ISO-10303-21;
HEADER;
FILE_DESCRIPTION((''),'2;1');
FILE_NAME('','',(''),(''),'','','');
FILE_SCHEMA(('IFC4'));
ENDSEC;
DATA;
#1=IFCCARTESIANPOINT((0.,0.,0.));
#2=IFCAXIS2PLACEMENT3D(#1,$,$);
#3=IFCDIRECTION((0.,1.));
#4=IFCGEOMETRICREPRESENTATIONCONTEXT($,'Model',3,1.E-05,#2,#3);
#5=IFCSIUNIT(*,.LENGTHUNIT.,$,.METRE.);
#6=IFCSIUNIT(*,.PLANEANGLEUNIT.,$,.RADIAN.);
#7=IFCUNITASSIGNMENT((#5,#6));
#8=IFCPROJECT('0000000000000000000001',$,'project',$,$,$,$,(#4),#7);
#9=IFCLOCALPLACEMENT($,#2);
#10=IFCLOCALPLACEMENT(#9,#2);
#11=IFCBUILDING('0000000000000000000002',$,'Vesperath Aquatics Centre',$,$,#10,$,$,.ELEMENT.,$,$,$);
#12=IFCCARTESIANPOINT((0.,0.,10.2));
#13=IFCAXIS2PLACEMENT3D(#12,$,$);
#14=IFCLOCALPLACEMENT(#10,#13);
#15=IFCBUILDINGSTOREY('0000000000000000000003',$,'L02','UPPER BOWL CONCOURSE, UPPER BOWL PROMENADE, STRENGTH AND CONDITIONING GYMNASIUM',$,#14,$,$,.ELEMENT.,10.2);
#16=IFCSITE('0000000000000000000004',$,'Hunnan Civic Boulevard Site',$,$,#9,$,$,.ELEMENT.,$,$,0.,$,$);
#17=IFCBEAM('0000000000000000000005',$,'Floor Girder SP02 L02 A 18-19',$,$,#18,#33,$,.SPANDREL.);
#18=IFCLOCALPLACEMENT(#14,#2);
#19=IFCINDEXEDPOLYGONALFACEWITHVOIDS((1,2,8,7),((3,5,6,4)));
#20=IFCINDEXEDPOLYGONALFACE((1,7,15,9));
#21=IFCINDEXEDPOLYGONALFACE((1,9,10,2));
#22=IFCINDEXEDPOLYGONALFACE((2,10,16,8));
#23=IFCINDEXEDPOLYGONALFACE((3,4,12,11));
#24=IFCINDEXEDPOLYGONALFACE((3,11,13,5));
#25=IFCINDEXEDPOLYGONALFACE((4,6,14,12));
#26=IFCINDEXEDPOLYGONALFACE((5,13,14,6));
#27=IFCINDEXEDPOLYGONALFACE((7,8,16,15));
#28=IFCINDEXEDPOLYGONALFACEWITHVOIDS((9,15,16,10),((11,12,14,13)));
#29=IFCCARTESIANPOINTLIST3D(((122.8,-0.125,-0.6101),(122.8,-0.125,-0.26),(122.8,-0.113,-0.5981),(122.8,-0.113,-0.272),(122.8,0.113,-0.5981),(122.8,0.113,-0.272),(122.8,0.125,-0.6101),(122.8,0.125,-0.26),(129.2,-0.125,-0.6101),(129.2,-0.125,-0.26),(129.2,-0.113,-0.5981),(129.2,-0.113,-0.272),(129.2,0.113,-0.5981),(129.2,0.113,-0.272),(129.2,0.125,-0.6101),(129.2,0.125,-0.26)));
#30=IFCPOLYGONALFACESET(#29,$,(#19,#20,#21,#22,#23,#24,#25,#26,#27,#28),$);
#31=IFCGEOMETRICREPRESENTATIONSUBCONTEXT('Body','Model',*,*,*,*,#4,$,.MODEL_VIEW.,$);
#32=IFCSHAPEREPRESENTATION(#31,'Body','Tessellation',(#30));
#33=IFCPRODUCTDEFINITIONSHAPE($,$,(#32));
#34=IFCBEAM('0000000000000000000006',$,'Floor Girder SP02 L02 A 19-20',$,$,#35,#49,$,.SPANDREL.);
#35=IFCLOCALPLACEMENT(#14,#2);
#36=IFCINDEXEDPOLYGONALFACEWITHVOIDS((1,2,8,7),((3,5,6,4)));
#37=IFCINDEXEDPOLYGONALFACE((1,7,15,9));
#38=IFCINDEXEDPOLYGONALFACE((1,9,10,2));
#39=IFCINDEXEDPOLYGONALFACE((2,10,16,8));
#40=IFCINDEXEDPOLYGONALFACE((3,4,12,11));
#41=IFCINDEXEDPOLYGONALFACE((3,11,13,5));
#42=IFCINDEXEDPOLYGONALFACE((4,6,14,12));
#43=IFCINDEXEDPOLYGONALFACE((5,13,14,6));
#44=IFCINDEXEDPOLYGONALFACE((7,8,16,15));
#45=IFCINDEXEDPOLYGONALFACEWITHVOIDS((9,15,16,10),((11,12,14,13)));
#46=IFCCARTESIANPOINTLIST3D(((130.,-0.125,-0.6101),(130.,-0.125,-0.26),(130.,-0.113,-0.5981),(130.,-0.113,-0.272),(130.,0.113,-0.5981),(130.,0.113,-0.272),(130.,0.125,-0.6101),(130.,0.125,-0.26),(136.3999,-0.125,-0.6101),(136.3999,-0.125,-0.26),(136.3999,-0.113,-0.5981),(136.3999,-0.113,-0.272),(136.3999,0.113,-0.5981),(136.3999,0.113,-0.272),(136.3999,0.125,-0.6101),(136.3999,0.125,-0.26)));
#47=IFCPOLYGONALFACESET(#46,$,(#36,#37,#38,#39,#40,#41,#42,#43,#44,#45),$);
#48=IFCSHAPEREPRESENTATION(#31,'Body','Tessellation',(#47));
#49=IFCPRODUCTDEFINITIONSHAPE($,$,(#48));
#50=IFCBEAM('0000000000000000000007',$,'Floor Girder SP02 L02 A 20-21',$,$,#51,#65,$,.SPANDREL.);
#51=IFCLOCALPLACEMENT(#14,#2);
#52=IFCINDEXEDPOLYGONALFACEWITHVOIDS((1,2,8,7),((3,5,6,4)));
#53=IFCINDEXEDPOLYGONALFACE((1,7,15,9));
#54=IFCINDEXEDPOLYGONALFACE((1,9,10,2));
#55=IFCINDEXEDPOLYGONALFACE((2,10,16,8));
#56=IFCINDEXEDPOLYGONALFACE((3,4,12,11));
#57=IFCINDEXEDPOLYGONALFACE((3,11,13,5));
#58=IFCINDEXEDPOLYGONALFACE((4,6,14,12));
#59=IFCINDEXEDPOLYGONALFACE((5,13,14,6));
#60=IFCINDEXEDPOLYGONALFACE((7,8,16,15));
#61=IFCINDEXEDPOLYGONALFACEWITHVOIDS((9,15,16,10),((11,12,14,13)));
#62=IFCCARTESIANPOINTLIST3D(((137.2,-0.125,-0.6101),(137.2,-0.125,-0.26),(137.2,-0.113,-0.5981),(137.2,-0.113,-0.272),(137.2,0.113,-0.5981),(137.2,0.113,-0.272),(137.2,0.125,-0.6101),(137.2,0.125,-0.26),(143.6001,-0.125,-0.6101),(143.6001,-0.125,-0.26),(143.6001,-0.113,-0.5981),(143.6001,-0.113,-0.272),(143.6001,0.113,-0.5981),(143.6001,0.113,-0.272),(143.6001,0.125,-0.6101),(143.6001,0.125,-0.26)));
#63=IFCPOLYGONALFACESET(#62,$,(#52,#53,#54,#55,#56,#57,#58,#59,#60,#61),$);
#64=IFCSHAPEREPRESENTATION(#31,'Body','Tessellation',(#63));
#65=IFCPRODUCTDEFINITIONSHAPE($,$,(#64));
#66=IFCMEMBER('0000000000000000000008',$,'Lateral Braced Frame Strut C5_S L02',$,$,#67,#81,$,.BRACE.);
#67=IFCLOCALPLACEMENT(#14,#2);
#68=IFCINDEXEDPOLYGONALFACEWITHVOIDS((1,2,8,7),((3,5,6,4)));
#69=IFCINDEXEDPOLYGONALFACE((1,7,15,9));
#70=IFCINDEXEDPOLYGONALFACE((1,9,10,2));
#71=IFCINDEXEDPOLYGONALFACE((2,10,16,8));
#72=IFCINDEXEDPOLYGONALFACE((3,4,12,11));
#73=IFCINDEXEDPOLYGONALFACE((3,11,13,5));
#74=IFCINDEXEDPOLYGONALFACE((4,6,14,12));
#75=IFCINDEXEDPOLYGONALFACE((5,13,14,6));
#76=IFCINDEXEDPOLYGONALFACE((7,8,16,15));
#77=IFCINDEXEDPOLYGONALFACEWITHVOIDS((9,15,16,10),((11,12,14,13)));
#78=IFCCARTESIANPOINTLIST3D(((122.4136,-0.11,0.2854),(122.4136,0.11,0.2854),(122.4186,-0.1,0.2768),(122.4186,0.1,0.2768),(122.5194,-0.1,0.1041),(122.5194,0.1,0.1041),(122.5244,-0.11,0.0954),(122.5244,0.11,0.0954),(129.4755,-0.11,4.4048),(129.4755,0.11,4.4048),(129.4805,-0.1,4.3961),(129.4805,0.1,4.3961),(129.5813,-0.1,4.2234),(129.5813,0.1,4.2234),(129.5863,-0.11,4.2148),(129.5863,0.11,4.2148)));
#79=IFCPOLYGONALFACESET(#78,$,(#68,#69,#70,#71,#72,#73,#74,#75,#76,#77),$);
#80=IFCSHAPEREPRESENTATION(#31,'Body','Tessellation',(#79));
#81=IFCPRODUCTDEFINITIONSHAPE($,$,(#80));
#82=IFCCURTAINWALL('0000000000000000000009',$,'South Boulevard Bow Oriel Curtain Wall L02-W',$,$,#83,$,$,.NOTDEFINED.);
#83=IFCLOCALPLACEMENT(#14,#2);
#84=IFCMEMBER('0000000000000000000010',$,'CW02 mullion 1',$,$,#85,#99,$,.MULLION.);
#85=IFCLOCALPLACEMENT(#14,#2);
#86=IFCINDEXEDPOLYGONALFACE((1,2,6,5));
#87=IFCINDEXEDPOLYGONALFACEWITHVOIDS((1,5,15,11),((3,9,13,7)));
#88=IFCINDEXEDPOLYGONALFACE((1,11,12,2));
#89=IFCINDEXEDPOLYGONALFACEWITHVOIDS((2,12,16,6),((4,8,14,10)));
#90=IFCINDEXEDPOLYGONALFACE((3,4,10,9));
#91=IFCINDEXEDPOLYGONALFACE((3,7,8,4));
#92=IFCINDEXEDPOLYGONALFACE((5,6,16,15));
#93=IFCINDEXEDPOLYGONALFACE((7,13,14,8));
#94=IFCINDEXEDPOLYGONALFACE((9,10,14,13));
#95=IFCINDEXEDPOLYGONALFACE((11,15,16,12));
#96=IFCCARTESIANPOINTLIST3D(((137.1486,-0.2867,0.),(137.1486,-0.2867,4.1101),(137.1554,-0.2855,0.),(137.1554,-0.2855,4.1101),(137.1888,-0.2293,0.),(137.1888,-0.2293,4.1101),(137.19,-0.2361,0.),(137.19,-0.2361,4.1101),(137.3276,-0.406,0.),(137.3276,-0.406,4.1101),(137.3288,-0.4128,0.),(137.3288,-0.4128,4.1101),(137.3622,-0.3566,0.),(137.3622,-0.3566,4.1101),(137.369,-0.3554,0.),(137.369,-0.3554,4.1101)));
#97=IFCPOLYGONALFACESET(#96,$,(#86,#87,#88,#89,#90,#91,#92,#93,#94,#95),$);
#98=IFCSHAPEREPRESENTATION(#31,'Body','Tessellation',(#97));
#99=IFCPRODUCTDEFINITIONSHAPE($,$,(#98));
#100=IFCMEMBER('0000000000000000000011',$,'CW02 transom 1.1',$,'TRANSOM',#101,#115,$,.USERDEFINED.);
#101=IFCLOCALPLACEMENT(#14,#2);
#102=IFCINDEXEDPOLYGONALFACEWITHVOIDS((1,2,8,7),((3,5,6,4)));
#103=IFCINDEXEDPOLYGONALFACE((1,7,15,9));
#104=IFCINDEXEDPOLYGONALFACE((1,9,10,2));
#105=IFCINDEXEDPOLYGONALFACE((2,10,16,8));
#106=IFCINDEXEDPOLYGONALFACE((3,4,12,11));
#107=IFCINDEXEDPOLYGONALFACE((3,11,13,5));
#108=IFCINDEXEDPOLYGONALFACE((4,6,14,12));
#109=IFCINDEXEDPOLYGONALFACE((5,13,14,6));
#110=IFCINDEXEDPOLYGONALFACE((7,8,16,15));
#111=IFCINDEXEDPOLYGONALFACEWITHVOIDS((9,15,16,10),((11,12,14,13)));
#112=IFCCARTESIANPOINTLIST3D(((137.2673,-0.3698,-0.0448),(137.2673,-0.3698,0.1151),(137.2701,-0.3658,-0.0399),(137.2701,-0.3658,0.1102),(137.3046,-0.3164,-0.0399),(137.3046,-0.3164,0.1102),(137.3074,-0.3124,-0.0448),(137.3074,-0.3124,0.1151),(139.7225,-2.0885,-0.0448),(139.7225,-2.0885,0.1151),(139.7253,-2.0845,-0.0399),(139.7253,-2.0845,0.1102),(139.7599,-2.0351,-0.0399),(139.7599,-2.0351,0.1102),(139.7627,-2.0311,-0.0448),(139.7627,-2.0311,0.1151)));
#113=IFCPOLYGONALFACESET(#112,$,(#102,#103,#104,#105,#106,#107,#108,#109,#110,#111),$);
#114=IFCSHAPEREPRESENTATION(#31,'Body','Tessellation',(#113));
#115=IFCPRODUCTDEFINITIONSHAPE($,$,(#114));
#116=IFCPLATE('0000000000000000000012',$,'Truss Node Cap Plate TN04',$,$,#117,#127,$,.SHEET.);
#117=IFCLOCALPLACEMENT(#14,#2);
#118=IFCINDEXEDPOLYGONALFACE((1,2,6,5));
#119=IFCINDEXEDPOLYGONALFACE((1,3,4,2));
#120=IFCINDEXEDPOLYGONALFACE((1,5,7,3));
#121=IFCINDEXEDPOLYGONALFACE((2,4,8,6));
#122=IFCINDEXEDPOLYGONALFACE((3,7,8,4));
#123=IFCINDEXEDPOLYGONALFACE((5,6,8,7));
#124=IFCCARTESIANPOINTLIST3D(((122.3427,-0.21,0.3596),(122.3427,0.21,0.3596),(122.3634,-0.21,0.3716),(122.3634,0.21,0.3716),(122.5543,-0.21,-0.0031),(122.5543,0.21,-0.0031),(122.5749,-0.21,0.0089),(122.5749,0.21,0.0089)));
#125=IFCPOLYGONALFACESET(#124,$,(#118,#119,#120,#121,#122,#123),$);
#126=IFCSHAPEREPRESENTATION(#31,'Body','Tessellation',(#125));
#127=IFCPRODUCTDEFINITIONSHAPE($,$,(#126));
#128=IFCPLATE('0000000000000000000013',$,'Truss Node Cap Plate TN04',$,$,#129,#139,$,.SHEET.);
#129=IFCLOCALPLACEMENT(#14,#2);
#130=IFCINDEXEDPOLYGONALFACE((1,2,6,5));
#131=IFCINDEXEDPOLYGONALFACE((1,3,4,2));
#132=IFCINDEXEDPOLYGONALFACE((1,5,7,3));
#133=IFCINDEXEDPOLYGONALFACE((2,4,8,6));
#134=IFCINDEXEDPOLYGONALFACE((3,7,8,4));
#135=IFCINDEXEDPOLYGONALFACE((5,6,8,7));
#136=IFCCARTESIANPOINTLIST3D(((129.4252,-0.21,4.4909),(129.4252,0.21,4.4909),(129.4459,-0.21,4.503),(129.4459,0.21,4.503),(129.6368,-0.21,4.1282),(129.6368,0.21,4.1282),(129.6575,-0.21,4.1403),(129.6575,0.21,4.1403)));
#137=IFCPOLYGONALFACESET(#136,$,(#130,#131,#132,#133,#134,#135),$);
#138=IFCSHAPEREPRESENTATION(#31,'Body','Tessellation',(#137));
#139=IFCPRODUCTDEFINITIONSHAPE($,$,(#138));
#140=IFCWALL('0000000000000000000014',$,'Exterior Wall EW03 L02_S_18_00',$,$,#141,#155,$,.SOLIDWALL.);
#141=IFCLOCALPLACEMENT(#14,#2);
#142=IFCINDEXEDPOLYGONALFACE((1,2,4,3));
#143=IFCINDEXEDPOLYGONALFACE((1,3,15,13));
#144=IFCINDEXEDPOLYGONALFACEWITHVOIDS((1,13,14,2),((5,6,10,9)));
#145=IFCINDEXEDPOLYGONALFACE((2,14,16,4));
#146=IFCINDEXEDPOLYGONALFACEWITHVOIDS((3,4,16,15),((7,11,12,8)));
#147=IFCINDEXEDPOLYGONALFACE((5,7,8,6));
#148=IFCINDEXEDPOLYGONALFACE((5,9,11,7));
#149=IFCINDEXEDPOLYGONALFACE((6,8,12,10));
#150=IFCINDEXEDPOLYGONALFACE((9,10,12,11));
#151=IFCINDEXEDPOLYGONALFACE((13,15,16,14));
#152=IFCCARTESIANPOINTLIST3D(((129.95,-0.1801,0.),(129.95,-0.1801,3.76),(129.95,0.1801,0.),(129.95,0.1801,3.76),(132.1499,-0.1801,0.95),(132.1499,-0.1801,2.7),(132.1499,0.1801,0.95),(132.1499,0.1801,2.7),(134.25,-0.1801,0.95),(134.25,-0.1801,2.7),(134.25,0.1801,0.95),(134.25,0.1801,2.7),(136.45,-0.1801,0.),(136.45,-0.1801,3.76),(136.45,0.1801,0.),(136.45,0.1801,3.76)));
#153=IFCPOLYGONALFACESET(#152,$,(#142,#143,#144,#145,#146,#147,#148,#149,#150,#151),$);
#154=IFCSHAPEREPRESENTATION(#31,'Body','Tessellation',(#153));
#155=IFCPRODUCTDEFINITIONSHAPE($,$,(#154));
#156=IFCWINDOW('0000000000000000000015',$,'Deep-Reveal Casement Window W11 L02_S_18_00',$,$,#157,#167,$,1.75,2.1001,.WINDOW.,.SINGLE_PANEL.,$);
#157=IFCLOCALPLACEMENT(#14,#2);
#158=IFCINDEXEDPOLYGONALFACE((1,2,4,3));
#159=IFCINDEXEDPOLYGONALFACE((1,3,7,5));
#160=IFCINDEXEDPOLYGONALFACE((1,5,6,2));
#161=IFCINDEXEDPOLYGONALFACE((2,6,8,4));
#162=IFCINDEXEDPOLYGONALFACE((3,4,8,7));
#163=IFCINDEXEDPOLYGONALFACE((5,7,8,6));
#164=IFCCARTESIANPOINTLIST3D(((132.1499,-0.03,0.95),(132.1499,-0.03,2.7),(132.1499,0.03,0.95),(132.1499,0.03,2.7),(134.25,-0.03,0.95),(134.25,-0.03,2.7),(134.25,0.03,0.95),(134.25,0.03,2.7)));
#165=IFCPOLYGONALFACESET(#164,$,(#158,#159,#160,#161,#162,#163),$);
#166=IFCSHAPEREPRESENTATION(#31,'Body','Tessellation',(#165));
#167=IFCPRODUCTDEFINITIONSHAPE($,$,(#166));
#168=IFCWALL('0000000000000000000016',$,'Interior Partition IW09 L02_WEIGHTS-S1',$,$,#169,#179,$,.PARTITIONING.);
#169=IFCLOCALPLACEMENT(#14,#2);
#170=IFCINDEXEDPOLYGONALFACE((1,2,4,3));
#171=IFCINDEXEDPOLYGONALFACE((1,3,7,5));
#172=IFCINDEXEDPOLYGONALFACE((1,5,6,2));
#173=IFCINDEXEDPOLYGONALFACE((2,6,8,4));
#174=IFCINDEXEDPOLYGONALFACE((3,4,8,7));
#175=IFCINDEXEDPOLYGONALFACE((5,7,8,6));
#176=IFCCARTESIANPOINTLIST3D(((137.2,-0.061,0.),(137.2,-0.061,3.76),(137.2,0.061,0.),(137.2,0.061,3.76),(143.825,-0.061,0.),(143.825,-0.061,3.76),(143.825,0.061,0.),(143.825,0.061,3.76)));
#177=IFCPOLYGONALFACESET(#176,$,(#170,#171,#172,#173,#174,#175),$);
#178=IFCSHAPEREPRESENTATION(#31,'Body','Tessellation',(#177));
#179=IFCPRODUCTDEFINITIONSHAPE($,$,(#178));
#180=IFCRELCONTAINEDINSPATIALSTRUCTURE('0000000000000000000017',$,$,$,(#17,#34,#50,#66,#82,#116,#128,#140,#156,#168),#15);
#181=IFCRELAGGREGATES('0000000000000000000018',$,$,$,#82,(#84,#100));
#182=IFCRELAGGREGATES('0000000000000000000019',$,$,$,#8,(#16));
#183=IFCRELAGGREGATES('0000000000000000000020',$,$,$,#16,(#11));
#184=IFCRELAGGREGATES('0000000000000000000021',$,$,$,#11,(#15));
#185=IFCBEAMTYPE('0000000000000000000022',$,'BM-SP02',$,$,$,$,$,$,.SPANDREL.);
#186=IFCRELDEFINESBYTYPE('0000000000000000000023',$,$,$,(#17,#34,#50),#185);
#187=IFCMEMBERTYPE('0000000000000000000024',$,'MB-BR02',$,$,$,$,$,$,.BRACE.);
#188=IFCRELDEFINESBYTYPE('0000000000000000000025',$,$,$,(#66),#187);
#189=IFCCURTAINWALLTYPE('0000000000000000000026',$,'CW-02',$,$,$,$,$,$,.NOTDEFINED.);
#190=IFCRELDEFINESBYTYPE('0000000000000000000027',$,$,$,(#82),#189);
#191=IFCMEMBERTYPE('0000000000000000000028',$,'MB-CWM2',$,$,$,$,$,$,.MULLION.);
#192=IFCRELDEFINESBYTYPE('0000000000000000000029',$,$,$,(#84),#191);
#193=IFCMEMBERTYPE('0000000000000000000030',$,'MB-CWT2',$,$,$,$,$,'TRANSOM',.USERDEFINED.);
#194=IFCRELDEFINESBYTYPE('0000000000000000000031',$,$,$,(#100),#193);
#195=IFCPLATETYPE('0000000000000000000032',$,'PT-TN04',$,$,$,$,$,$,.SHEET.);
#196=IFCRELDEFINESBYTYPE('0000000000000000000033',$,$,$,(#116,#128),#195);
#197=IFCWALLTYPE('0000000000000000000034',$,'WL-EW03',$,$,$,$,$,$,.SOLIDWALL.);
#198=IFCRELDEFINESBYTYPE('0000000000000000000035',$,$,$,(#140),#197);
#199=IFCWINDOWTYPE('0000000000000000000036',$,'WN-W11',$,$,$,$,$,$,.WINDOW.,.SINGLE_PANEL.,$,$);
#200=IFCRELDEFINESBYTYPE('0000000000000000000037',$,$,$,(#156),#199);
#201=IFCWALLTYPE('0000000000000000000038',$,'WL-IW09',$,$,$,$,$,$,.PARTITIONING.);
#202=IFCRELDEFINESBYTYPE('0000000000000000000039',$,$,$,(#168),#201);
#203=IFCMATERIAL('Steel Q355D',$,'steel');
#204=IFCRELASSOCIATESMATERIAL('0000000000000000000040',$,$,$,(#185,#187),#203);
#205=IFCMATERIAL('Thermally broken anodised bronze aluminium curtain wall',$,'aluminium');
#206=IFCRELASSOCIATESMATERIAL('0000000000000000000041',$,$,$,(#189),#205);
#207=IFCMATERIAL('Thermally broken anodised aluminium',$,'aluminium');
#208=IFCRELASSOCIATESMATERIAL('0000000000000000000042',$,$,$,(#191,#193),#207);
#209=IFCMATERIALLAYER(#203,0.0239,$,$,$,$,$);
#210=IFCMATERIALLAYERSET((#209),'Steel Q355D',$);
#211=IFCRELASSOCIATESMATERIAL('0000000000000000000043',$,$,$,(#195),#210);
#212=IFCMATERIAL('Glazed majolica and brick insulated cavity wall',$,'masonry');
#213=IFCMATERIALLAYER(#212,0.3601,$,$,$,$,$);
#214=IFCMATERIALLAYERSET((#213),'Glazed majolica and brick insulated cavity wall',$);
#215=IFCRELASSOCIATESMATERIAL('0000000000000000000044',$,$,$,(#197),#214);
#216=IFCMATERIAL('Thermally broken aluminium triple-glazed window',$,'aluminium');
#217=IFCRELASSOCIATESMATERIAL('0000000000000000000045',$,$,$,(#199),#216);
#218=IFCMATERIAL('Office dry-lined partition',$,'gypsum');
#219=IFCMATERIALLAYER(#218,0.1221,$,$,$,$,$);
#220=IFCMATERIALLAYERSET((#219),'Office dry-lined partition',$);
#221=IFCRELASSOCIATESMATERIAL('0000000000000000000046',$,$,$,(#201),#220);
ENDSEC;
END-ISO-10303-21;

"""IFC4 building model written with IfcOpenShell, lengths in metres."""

from ifc_helpers import new_model, si_unit, direction, frame, frame_2d, origin, origin_2d, place, context, subcontext, project, spatial, rectangle, hollow_rectangle, extrude, material, layer, layer_set, material_profile, profile_set, type_object, element, fill, aggregate, save


model = new_model("IFC4")

# Units and contexts
model_context = context("Model", 3, precision=1e-05, world=origin(), true_north=direction((0.0, 1.0)))
body_context = subcontext(model_context, "Body", "Model", "MODEL_VIEW")
ifc_project = project(units=[si_unit("LENGTHUNIT", "METRE"), si_unit("PLANEANGLEUNIT", "RADIAN")], contexts=[model_context])

# Site, building, storey
site_placement = place(None, origin())
site = spatial("IfcSite", under=ifc_project, at=site_placement, Name="Hunnan Civic Boulevard Site", CompositionType="ELEMENT", RefElevation=0.0)
building_placement = place(site_placement, origin())
building = spatial("IfcBuilding", under=site, at=building_placement, Name="Vesperath Aquatics Centre", CompositionType="ELEMENT")
storey_placement = place(building_placement, frame((0.0, 0.0, 10.2)))
storey = spatial("IfcBuildingStorey", under=building, at=storey_placement, Name="L02", Description="UPPER BOWL CONCOURSE, UPPER BOWL PROMENADE, STRENGTH AND CONDITIONING GYMNASIUM", CompositionType="ELEMENT", Elevation=10.2)

# Beams
ifc_material_1 = material(Name="Steel Q355D", Category="steel")
ifc_material_profile_1 = material_profile(ifc_material_1, hollow_rectangle(XDim=0.25, YDim=0.3501, WallThickness=0.012, at=origin_2d()), Name="RHS 350x250x12")
ifc_profile_set_1 = profile_set([ifc_material_profile_1], Name="Steel Q355D")
beam_type_1 = type_object("IfcBeamType", Name="BM-SP02", PredefinedType="SPANDREL", material=ifc_profile_set_1)
for number, where, z_axis, x_axis, name in (
    (1, (122.8, 0.0, -0.4351), (1.0, 0.0, 0.0), (0.0, 1.0, 0.0), "Floor Girder SP02 L02 A 18-19"),
    (2, (130.0, 0.0, -0.4351), (1.0, 0.0, 0.0), (0.0, 1.0, 0.0), "Floor Girder SP02 L02 A 19-20"),
):
    element("IfcBeam", number, at=place(storey_placement, frame(where, z_axis=z_axis, x_axis=x_axis)), inside=storey, type_object=beam_type_1, Name=name, PredefinedType="SPANDREL", context=body_context, shape_type="SweptSolid", body=[
        extrude(hollow_rectangle(XDim=0.25, YDim=0.3501, WallThickness=0.012, at=origin_2d()), origin(), (0.0, 0.0, 1.0), 6.3999),
    ])
beam_1_placement = place(storey_placement, frame((137.2, 0.0, -0.4351), z_axis=(1.0, 0.0, 0.0), x_axis=(0.0, 1.0, 0.0)))
element("IfcBeam", 3, at=beam_1_placement, inside=storey, type_object=beam_type_1, Name="Floor Girder SP02 L02 A 20-21", PredefinedType="SPANDREL", context=body_context, shape_type="SweptSolid", body=[
    extrude(hollow_rectangle(XDim=0.25, YDim=0.3501, WallThickness=0.012, at=origin_2d()), origin(), (0.0, 0.0, 1.0), 6.4001),
])

# Member
ifc_material_profile_2 = material_profile(ifc_material_1, hollow_rectangle(XDim=0.22, YDim=0.22, WallThickness=0.01, at=origin_2d()), Name="SHS 220x220x10")
ifc_profile_set_2 = profile_set([ifc_material_profile_2], Name="Steel Q355D")
member_type_1 = type_object("IfcMemberType", Name="MB-BR02", PredefinedType="BRACE", material=ifc_profile_set_2)
member_1_placement = place(storey_placement, frame((122.469, 0.0, 0.1904), z_axis=(0.863785, 0.0, 0.50386), x_axis=(0.0, 1.0, 0.0)))
element("IfcMember", 4, at=member_1_placement, inside=storey, type_object=member_type_1, Name="Lateral Braced Frame Strut C5_S L02", PredefinedType="BRACE", context=body_context, shape_type="SweptSolid", body=[
    extrude(hollow_rectangle(XDim=0.22, YDim=0.22, WallThickness=0.01, at=origin_2d()), origin(), (0.0, 0.0, 1.0), 8.1755),
])

# Curtain wall, members
ifc_material_2 = material(Name="Thermally broken anodised bronze aluminium curtain wall", Category="aluminium")
curtain_wall_type = type_object("IfcCurtainWallType", Name="CW-02", PredefinedType="NOTDEFINED", material=ifc_material_2)
curtain_wall_placement = place(storey_placement, origin())
curtain_wall = element("IfcCurtainWall", 5, at=curtain_wall_placement, inside=storey, type_object=curtain_wall_type, Name="South Boulevard Bow Oriel Curtain Wall L02-W", PredefinedType="NOTDEFINED")
ifc_material_3 = material(Name="Thermally broken anodised aluminium", Category="aluminium")
ifc_material_profile_3 = material_profile(ifc_material_3, hollow_rectangle(XDim=0.0701, YDim=0.22, WallThickness=0.0049, at=origin_2d()), Name="CWM 70x220x5")
ifc_profile_set_3 = profile_set([ifc_material_profile_3], Name="Thermally broken anodised aluminium")
member_type_2 = type_object("IfcMemberType", Name="MB-CWM2", PredefinedType="MULLION", material=ifc_profile_set_3)
member_2_placement = place(storey_placement, frame((137.2588, -0.321, 0.0), z_axis=(0.0, 0.0, 1.0), x_axis=(0.573462, 0.819232, 0.0)))
member_2 = element("IfcMember", 6, at=member_2_placement, type_object=member_type_2, Name="CW02 mullion 1", PredefinedType="MULLION", context=body_context, shape_type="SweptSolid", body=[
    extrude(hollow_rectangle(XDim=0.0701, YDim=0.22, WallThickness=0.0049, at=origin_2d()), origin(), (0.0, 0.0, 1.0), 4.1101),
])
ifc_material_profile_4 = material_profile(ifc_material_3, hollow_rectangle(XDim=0.0701, YDim=0.1599, WallThickness=0.0049, at=origin_2d()), Name="CWT 70x160x5")
ifc_profile_set_4 = profile_set([ifc_material_profile_4], Name="Thermally broken anodised aluminium")
member_type_3 = type_object("IfcMemberType", Name="MB-CWT2", ElementType="TRANSOM", PredefinedType="USERDEFINED", material=ifc_profile_set_4)
member_3_placement = place(storey_placement, frame((137.2874, -0.3411, 0.0352), z_axis=(0.819228, -0.573468, 0.0), x_axis=(0.573468, 0.819228, 0.0)))
member_3 = element("IfcMember", 7, at=member_3_placement, type_object=member_type_3, Name="CW02 transom 1.1", ObjectType="TRANSOM", PredefinedType="USERDEFINED", context=body_context, shape_type="SweptSolid", body=[
    extrude(hollow_rectangle(XDim=0.0701, YDim=0.1599, WallThickness=0.0049, at=origin_2d()), origin(), (0.0, 0.0, 1.0), 2.9971),
])
aggregate(curtain_wall, [member_2, member_3])

# Plates
ifc_layer_1 = layer(ifc_material_1, 0.0239)
ifc_layer_set_1 = layer_set([ifc_layer_1], Name="Steel Q355D")
plate_type = type_object("IfcPlateType", Name="PT-TN04", PredefinedType="SHEET", material=ifc_layer_set_1)
for number, where, z_axis, x_axis, name in (
    (8, (122.4485, 0.0, 0.1782), (0.863779, 0.0, 0.503871), (0.0, 1.0, 0.0), "Truss Node Cap Plate TN04"),
    (9, (129.531, 0.0, 4.3096), (0.863779, 0.0, 0.503871), (0.0, 1.0, 0.0), "Truss Node Cap Plate TN04"),
):
    element("IfcPlate", number, at=place(storey_placement, frame(where, z_axis=z_axis, x_axis=x_axis)), inside=storey, type_object=plate_type, Name=name, PredefinedType="SHEET", context=body_context, shape_type="SweptSolid", body=[
        extrude(rectangle(XDim=0.4199, YDim=0.4199, at=origin_2d()), origin(), (0.0, 0.0, 1.0), 0.0239),
    ])

# Wall, opening, window
ifc_material_4 = material(Name="Glazed majolica and brick insulated cavity wall", Category="masonry")
ifc_layer_2 = layer(ifc_material_4, 0.3601)
ifc_layer_set_2 = layer_set([ifc_layer_2], Name="Glazed majolica and brick insulated cavity wall")
wall_type_1 = type_object("IfcWallType", Name="WL-EW03", PredefinedType="SOLIDWALL", material=ifc_layer_set_2)
wall_1_placement = place(storey_placement, frame((129.95, 0.0, 0.0), z_axis=(0.0, 0.0, 1.0), x_axis=(1.0, 0.0, 0.0)))
wall_1 = element("IfcWall", 10, at=wall_1_placement, inside=storey, type_object=wall_type_1, Name="Exterior Wall EW03 L02_S_18_00", PredefinedType="SOLIDWALL", context=body_context, shape_type="SweptSolid", body=[
    extrude(rectangle(XDim=6.5, YDim=0.3601, at=frame_2d((3.25, 0.0))), origin(), (0.0, 0.0, 1.0), 3.76),
])
opening_1_placement = place(wall_1_placement, frame((2.2, 0.0, 0.95)))
opening_1 = element("IfcOpeningElement", 11, at=opening_1_placement, cuts=wall_1, PredefinedType="OPENING", context=body_context, shape_type="SweptSolid", body=[
    extrude(rectangle(XDim=2.1001, YDim=1.75, at=frame_2d((1.05, 0.875))), frame((0.0, 0.1948, 0.0), z_axis=(0.0, -1.0, 0.0), x_axis=(1.0, 0.0, 0.0)), (0.0, 0.0, 1.0), 0.3899),
])
ifc_material_5 = material(Name="Thermally broken aluminium triple-glazed window", Category="aluminium")
window_type = type_object("IfcWindowType", Name="WN-W11", PartitioningType="SINGLE_PANEL", PredefinedType="WINDOW", material=ifc_material_5)
window_placement = place(opening_1_placement, origin())
window = element("IfcWindow", 12, at=window_placement, inside=storey, type_object=window_type, Name="Deep-Reveal Casement Window W11 L02_S_18_00", OverallHeight=1.75, OverallWidth=2.1001, PartitioningType="SINGLE_PANEL", PredefinedType="WINDOW", context=body_context, shape_type="SweptSolid", body=[
    extrude(rectangle(XDim=2.1001, YDim=1.75, at=frame_2d((1.05, 0.875))), frame((0.0, 0.03, 0.0), z_axis=(0.0, -1.0, 0.0), x_axis=(1.0, 0.0, 0.0)), (0.0, 0.0, 1.0), 0.0601),
])
fill(opening_1, window)

# Wall
ifc_material_6 = material(Name="Office dry-lined partition", Category="gypsum")
ifc_layer_3 = layer(ifc_material_6, 0.1221)
ifc_layer_set_3 = layer_set([ifc_layer_3], Name="Office dry-lined partition")
wall_type_2 = type_object("IfcWallType", Name="WL-IW09", PredefinedType="PARTITIONING", material=ifc_layer_set_3)
wall_2_placement = place(storey_placement, frame((137.2, 0.0, 0.0), z_axis=(0.0, 0.0, 1.0), x_axis=(1.0, 0.0, 0.0)))
element("IfcWall", 13, at=wall_2_placement, inside=storey, type_object=wall_type_2, Name="Interior Partition IW09 L02_WEIGHTS-S1", PredefinedType="PARTITIONING", context=body_context, shape_type="SweptSolid", body=[
    extrude(rectangle(XDim=6.625, YDim=0.1221, at=frame_2d((3.3125, 0.0))), origin(), (0.0, 0.0, 1.0), 3.76),
])

save(model, "model.ifc")
